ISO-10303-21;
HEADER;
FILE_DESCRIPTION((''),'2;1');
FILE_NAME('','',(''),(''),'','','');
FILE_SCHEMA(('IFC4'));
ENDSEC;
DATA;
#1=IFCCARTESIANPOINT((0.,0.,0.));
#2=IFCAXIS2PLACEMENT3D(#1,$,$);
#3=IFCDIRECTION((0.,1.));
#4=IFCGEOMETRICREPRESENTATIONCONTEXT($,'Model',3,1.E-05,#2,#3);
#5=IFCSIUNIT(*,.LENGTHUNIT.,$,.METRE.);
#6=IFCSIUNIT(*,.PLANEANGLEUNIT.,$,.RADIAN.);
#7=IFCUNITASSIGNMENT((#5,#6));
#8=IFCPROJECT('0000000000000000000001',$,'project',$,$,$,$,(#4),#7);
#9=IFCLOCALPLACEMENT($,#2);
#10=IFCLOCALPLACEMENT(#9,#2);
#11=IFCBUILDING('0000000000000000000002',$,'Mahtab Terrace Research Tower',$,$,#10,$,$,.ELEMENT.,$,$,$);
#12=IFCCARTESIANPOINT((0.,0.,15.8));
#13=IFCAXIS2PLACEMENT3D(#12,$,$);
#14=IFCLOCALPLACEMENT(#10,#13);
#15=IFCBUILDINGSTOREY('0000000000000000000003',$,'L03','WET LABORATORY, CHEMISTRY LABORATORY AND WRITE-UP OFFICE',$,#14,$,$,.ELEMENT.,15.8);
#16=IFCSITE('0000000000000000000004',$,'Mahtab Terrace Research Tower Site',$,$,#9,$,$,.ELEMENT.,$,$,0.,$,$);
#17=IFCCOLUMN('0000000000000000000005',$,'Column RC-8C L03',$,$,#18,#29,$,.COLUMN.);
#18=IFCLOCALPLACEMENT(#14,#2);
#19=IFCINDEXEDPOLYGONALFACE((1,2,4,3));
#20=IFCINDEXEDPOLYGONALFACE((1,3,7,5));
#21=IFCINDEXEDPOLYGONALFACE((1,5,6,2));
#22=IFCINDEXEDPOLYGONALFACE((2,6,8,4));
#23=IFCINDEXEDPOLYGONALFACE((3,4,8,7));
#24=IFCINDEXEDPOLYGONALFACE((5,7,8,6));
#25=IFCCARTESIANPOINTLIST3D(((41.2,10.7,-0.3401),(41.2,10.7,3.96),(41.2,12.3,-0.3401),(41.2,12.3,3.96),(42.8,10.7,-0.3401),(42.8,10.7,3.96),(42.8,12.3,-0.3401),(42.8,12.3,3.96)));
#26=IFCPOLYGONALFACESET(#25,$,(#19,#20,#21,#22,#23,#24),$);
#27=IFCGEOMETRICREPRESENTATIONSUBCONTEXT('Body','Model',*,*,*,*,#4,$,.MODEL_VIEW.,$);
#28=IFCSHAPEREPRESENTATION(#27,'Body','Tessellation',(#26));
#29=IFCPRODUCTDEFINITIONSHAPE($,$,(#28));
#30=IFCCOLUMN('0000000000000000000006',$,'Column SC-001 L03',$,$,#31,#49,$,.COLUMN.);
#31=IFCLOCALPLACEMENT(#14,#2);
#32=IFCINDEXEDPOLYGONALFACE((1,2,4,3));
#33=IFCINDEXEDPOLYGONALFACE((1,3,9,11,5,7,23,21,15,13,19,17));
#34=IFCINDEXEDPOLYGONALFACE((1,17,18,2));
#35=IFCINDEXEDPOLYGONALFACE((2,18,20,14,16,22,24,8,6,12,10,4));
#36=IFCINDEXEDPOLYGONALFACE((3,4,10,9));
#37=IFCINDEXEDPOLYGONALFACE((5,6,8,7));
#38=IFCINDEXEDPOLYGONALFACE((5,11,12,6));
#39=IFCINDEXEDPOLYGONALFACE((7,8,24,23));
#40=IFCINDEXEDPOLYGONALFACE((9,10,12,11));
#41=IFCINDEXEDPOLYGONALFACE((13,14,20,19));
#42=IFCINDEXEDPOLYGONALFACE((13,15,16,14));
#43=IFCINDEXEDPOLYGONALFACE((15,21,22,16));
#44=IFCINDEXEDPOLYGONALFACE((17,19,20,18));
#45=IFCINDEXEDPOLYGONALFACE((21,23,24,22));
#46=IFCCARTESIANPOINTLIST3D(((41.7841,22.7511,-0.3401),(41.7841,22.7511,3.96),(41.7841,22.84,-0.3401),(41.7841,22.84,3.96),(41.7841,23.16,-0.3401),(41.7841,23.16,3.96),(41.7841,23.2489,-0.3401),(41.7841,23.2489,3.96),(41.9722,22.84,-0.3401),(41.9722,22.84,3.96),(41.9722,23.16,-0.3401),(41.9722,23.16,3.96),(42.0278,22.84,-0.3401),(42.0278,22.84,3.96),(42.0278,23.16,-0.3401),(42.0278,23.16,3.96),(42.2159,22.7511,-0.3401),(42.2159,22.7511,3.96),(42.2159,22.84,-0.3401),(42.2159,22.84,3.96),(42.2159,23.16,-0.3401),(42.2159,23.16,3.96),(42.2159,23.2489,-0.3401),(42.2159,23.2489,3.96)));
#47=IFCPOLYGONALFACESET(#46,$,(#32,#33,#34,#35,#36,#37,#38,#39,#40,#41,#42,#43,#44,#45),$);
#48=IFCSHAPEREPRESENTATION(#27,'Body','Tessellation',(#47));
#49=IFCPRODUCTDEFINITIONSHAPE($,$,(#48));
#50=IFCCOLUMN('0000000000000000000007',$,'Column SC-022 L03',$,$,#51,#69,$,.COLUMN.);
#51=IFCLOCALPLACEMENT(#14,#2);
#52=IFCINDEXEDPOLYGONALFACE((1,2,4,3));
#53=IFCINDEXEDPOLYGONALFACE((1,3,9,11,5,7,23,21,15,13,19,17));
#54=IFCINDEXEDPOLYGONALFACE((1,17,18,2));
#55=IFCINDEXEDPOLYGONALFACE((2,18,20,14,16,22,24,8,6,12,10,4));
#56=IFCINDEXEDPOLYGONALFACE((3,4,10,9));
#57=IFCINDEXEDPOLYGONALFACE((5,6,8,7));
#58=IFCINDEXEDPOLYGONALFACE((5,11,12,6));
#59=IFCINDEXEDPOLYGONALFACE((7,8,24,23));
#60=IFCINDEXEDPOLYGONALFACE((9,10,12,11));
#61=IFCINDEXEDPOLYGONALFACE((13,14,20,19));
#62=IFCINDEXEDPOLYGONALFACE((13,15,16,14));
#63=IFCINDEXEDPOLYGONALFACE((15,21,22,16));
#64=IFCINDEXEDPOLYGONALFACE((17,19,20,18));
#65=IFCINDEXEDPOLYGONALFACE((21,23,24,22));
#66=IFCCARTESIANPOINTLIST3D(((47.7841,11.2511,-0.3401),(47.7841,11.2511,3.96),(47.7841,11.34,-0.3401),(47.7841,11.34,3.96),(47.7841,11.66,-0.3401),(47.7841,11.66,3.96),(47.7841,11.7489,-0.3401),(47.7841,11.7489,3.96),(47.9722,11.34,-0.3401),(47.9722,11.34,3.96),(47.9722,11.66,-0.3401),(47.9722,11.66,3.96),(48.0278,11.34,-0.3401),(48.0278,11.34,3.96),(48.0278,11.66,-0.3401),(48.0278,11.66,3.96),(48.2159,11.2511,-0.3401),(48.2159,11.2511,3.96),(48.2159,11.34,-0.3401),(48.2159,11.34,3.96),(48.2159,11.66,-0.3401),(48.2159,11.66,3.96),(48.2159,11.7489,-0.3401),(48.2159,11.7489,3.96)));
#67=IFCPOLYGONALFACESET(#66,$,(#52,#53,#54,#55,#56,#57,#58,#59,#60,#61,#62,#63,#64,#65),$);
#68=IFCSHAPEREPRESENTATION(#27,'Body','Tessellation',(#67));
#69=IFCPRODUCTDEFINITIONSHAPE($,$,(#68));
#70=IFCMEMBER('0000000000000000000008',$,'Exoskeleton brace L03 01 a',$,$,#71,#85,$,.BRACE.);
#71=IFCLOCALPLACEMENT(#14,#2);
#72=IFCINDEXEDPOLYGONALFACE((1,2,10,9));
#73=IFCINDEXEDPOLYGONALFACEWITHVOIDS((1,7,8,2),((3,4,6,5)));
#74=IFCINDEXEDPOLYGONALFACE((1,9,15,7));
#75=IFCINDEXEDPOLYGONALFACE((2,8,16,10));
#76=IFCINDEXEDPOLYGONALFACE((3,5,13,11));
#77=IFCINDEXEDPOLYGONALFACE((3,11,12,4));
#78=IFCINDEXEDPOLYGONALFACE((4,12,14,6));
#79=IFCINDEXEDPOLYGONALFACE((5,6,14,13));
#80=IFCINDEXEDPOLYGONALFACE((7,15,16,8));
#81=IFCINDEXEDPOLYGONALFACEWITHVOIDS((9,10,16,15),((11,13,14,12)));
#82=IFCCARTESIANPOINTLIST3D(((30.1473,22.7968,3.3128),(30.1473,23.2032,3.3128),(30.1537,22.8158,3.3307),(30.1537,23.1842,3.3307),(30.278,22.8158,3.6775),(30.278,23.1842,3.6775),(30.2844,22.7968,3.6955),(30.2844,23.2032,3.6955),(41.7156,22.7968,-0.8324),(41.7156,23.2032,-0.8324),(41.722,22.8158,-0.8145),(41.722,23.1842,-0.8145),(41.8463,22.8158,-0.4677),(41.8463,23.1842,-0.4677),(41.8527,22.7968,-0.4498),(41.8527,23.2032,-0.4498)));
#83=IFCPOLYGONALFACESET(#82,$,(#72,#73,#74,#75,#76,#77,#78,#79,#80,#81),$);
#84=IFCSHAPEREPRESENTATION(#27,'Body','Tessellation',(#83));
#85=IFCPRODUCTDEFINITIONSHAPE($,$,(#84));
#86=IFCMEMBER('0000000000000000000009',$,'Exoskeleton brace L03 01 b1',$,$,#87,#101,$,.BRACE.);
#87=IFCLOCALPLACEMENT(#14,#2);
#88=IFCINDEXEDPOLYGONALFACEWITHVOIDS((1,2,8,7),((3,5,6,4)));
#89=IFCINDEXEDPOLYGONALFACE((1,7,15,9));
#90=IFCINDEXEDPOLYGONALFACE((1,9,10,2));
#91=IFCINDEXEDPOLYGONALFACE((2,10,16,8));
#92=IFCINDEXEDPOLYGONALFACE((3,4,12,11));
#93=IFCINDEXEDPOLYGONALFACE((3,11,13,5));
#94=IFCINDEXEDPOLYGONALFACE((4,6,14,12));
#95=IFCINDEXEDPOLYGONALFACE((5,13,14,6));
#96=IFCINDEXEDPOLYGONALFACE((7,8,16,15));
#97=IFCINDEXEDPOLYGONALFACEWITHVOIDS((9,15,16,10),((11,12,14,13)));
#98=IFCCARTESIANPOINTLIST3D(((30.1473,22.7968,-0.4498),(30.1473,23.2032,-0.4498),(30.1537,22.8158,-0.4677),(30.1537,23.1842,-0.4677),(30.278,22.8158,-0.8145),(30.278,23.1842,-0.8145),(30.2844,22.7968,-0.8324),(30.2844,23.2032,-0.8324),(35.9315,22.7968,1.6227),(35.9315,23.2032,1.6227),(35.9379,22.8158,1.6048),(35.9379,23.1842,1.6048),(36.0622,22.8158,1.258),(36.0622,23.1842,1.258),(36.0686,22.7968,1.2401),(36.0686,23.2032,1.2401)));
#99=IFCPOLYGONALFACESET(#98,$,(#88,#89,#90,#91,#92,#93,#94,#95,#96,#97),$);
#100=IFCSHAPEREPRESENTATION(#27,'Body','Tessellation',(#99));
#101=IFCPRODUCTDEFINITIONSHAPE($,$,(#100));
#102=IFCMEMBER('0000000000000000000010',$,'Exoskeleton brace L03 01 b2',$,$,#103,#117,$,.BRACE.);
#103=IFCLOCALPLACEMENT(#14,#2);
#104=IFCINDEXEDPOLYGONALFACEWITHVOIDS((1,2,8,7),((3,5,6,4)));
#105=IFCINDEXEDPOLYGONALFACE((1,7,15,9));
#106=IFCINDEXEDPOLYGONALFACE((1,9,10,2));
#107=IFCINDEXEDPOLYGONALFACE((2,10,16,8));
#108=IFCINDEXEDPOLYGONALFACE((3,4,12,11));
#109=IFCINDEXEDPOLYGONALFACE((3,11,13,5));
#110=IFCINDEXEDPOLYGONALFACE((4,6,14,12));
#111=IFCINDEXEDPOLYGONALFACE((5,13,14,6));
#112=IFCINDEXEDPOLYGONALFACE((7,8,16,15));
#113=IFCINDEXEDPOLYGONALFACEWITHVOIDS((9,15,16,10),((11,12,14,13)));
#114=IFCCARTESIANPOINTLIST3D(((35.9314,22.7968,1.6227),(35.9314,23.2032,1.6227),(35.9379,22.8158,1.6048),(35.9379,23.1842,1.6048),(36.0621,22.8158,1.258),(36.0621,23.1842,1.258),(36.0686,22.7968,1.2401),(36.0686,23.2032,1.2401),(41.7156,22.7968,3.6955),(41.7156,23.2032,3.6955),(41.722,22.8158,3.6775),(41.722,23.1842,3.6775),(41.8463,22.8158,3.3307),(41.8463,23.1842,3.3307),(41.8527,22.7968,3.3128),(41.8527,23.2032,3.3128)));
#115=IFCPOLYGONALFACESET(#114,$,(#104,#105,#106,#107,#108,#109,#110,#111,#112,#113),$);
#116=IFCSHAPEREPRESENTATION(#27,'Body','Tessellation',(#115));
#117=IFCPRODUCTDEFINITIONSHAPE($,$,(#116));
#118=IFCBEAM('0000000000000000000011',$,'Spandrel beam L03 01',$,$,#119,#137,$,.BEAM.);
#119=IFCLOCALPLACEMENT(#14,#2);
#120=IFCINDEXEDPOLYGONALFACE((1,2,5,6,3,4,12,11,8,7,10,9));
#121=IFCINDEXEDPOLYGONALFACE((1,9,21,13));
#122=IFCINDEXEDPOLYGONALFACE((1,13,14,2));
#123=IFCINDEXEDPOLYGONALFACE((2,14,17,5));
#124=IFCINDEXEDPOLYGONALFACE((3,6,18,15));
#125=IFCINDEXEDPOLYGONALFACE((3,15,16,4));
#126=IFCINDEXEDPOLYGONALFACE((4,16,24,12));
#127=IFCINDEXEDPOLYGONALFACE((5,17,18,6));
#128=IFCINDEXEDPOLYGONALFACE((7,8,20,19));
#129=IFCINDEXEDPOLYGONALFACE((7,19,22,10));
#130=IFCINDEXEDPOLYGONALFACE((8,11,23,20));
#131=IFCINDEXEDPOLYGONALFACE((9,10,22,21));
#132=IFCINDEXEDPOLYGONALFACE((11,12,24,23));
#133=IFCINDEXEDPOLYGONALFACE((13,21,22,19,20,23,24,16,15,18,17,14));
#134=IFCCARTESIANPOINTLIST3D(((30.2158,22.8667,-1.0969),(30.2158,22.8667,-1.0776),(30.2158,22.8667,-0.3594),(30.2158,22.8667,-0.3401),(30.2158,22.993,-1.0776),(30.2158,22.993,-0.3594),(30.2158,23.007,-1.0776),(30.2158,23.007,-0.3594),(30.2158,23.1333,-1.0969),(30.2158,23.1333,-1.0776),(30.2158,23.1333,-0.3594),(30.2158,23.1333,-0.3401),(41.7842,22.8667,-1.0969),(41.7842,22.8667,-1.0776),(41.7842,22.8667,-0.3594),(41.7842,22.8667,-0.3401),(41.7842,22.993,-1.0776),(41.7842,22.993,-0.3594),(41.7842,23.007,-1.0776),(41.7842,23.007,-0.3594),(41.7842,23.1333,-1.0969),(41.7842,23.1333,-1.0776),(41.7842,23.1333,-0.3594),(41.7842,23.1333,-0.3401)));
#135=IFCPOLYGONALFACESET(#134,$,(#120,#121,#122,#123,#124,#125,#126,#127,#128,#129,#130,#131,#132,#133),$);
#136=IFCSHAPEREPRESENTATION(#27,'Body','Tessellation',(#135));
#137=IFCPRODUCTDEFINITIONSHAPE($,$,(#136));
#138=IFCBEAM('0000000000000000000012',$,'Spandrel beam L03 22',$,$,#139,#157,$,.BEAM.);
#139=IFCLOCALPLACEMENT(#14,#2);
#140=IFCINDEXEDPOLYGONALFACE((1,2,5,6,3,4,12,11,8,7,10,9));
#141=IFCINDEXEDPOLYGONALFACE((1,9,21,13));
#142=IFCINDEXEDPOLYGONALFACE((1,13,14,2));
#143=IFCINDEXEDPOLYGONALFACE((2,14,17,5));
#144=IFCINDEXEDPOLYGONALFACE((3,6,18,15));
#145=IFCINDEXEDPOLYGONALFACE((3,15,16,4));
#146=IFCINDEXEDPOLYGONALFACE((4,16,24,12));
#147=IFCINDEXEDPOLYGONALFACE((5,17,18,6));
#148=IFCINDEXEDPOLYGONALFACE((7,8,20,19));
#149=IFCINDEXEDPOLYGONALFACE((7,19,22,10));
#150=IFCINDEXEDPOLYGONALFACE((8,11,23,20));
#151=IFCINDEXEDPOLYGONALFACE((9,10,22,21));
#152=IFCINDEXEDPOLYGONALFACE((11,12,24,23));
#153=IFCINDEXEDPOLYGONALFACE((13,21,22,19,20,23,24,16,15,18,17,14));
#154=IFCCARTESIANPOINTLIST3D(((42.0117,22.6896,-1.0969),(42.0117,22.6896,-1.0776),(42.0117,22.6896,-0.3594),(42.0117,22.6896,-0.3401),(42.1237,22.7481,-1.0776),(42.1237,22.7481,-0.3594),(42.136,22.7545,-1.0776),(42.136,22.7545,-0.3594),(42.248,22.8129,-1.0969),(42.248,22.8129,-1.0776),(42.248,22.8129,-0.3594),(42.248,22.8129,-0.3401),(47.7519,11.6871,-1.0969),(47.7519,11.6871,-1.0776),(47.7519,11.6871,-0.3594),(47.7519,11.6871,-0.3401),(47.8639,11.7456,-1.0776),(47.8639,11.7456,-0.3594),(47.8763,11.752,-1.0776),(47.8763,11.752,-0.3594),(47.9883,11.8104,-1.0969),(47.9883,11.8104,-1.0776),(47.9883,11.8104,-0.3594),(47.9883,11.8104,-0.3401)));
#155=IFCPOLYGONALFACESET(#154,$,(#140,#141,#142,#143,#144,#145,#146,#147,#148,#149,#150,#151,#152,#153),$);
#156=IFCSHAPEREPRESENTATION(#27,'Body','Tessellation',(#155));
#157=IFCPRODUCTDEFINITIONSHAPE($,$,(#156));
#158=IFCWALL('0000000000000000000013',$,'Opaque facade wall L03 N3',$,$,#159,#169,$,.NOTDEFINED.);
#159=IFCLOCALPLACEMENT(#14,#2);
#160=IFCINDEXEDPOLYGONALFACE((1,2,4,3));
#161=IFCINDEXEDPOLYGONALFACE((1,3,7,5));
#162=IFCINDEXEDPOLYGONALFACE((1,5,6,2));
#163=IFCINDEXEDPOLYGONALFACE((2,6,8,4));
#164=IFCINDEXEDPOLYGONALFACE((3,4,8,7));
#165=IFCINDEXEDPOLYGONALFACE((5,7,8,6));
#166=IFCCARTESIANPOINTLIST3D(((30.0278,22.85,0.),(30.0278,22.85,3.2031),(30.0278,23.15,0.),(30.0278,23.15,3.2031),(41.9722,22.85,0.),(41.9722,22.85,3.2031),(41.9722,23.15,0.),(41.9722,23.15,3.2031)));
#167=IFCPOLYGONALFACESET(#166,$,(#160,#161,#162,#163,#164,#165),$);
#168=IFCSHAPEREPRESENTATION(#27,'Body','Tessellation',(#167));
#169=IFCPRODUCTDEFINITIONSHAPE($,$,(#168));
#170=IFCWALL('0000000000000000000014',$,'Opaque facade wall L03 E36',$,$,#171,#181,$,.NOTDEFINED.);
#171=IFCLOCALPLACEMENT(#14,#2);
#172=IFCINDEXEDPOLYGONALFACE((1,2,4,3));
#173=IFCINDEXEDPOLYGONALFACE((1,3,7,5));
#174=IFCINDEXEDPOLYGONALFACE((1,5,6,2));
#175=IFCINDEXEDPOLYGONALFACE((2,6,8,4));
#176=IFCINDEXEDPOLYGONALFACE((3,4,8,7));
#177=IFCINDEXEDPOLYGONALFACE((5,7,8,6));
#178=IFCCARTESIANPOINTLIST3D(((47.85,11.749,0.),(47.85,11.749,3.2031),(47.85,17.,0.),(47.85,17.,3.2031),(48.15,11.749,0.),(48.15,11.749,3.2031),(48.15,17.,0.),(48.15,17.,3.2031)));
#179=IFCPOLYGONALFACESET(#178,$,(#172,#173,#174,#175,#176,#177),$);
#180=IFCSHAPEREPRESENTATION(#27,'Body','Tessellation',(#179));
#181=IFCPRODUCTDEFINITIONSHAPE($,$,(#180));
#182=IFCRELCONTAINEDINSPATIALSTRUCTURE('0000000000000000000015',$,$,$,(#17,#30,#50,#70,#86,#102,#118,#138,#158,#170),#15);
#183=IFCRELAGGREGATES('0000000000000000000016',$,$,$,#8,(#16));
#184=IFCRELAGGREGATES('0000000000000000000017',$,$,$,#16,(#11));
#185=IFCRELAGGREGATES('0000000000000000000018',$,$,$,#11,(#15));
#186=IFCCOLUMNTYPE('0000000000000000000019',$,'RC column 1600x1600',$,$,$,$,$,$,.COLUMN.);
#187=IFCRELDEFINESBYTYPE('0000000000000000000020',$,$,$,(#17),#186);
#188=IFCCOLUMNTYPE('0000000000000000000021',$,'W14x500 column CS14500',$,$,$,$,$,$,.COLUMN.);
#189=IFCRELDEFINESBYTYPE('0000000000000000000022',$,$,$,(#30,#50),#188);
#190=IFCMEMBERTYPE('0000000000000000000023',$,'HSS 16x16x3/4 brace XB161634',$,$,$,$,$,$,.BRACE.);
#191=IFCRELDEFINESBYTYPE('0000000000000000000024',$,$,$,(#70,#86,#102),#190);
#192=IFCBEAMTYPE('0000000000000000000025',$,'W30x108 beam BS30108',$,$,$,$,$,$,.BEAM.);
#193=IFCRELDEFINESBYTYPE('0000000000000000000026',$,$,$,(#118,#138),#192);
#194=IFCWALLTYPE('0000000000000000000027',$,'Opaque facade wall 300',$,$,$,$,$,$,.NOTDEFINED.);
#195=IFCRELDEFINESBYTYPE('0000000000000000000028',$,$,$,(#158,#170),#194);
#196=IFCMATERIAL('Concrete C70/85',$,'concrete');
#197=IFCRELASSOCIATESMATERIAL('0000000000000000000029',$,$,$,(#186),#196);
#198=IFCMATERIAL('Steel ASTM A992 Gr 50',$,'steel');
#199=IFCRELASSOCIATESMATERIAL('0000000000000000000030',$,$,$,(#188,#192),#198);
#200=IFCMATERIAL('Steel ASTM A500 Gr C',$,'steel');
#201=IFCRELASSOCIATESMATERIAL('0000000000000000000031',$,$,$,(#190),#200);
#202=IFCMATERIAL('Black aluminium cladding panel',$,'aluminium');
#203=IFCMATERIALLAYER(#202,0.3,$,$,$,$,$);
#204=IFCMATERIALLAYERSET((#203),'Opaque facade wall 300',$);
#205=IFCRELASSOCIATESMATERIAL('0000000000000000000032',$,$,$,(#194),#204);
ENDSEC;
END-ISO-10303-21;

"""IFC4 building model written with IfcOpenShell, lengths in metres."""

from ifc_helpers import new_model, si_unit, direction, frame, frame_2d, origin, origin_2d, place, context, subcontext, project, spatial, rectangle, hollow_rectangle, i_section, extrude, material, layer, layer_set, material_profile, profile_set, type_object, element, save


model = new_model("IFC4")

# Units and contexts
model_context = context("Model", 3, precision=1e-05, world=origin(), true_north=direction((0.0, 1.0)))
body_context = subcontext(model_context, "Body", "Model", "MODEL_VIEW")
ifc_project = project(units=[si_unit("LENGTHUNIT", "METRE"), si_unit("PLANEANGLEUNIT", "RADIAN")], contexts=[model_context])

# Site, building, storey
site_placement = place(None, origin())
site = spatial("IfcSite", under=ifc_project, at=site_placement, Name="Mahtab Terrace Research Tower Site", CompositionType="ELEMENT", RefElevation=0.0)
building_placement = place(site_placement, origin())
building = spatial("IfcBuilding", under=site, at=building_placement, Name="Mahtab Terrace Research Tower", CompositionType="ELEMENT")
storey_placement = place(building_placement, frame((0.0, 0.0, 15.8)))
storey = spatial("IfcBuildingStorey", under=building, at=storey_placement, Name="L03", Description="WET LABORATORY, CHEMISTRY LABORATORY AND WRITE-UP OFFICE", CompositionType="ELEMENT", Elevation=15.8)

# Columns
ifc_material_1 = material(Name="Concrete C70/85", Category="concrete")
ifc_material_profile_1 = material_profile(ifc_material_1, rectangle(XDim=1.6001, YDim=1.6001, at=origin_2d()), Name="RC column 1600x1600")
ifc_profile_set_1 = profile_set([ifc_material_profile_1], Name="Concrete C70/85")
column_type_1 = type_object("IfcColumnType", Name="RC column 1600x1600", PredefinedType="COLUMN", material=ifc_profile_set_1)
column_placement = place(storey_placement, frame((42.0, 11.5, -0.3401), z_axis=(0.0, 0.0, 1.0), x_axis=(1.0, 0.0, 0.0)))
element("IfcColumn", 1, at=column_placement, inside=storey, type_object=column_type_1, Name="Column RC-8C L03", PredefinedType="COLUMN", context=body_context, shape_type="SweptSolid", body=[
    extrude(rectangle(XDim=1.6001, YDim=1.6001, at=origin_2d()), origin(), (0.0, 0.0, 1.0), 4.3),
])
ifc_material_2 = material(Name="Steel ASTM A992 Gr 50", Category="steel")
ifc_material_profile_2 = material_profile(ifc_material_2, i_section(OverallWidth=0.4319, OverallDepth=0.4978, WebThickness=0.0557, FlangeThickness=0.0889, at=origin_2d()), Name="W14X500")
ifc_profile_set_2 = profile_set([ifc_material_profile_2], Name="Steel ASTM A992 Gr 50")
column_type_2 = type_object("IfcColumnType", Name="W14x500 column CS14500", PredefinedType="COLUMN", material=ifc_profile_set_2)
for number, where, z_axis, x_axis, name in (
    (2, (42.0, 23.0, -0.3401), (0.0, 0.0, 1.0), (1.0, 0.0, 0.0), "Column SC-001 L03"),
    (3, (48.0, 11.5, -0.3401), (0.0, 0.0, 1.0), (1.0, 0.0, 0.0), "Column SC-022 L03"),
):
    element("IfcColumn", number, at=place(storey_placement, frame(where, z_axis=z_axis, x_axis=x_axis)), inside=storey, type_object=column_type_2, Name=name, PredefinedType="COLUMN", context=body_context, shape_type="SweptSolid", body=[
        extrude(i_section(OverallWidth=0.4319, OverallDepth=0.4978, WebThickness=0.0557, FlangeThickness=0.0889, at=origin_2d()), origin(), (0.0, 0.0, 1.0), 4.3),
    ])

# Members
ifc_material_3 = material(Name="Steel ASTM A500 Gr C", Category="steel")
ifc_material_profile_3 = material_profile(ifc_material_3, hollow_rectangle(XDim=0.4065, YDim=0.4065, WallThickness=0.019, at=origin_2d()), Name="HSS16X16X3/4")
ifc_profile_set_3 = profile_set([ifc_material_profile_3], Name="Steel ASTM A500 Gr C")
member_type = type_object("IfcMemberType", Name="HSS 16x16x3/4 brace XB161634", PredefinedType="BRACE", material=ifc_profile_set_3)
member_placement = place(storey_placement, frame((41.7842, 23.0, -0.6411), z_axis=(-0.941388, 0.0, 0.337325), x_axis=(0.0, -1.0, 0.0)))
element("IfcMember", 4, at=member_placement, inside=storey, type_object=member_type, Name="Exoskeleton brace L03 01 a", PredefinedType="BRACE", context=body_context, shape_type="SweptSolid", body=[
    extrude(hollow_rectangle(XDim=0.4065, YDim=0.4065, WallThickness=0.019, at=origin_2d()), origin(), (0.0, 0.0, 1.0), 12.2886),
])
for number, where, z_axis, x_axis, name in (
    (5, (30.2158, 23.0, -0.6411), (0.941394, 0.0, 0.337308), (0.0, 1.0, 0.0), "Exoskeleton brace L03 01 b1"),
    (6, (36.0, 23.0, 1.4314), (0.941382, 0.0, 0.337343), (0.0, 1.0, 0.0), "Exoskeleton brace L03 01 b2"),
):
    element("IfcMember", number, at=place(storey_placement, frame(where, z_axis=z_axis, x_axis=x_axis)), inside=storey, type_object=member_type, Name=name, PredefinedType="BRACE", context=body_context, shape_type="SweptSolid", body=[
        extrude(hollow_rectangle(XDim=0.4065, YDim=0.4065, WallThickness=0.019, at=origin_2d()), origin(), (0.0, 0.0, 1.0), 6.1443),
    ])

# Beams
ifc_material_profile_4 = material_profile(ifc_material_2, i_section(OverallWidth=0.2666, OverallDepth=0.7568, WebThickness=0.0139, FlangeThickness=0.0193, at=origin_2d()), Name="W30X108")
ifc_profile_set_4 = profile_set([ifc_material_profile_4], Name="Steel ASTM A992 Gr 50")
beam_type = type_object("IfcBeamType", Name="W30x108 beam BS30108", PredefinedType="BEAM", material=ifc_profile_set_4)
beam_1_placement = place(storey_placement, frame((41.7842, 23.0, -0.7185), z_axis=(-1.0, 0.0, 0.0), x_axis=(0.0, -1.0, 0.0)))
element("IfcBeam", 7, at=beam_1_placement, inside=storey, type_object=beam_type, Name="Spandrel beam L03 01", PredefinedType="BEAM", context=body_context, shape_type="SweptSolid", body=[
    extrude(i_section(OverallWidth=0.2666, OverallDepth=0.7568, WebThickness=0.0139, FlangeThickness=0.0193, at=origin_2d()), origin(), (0.0, 0.0, 1.0), 11.5684),
])
beam_2_placement = place(storey_placement, frame((47.8701, 11.7488, -0.7185), z_axis=(-0.462555, 0.88659, 0.0), x_axis=(-0.88659, -0.462555, 0.0)))
element("IfcBeam", 8, at=beam_2_placement, inside=storey, type_object=beam_type, Name="Spandrel beam L03 22", PredefinedType="BEAM", context=body_context, shape_type="SweptSolid", body=[
    extrude(i_section(OverallWidth=0.2666, OverallDepth=0.7568, WebThickness=0.0139, FlangeThickness=0.0193, at=origin_2d()), origin(), (0.0, 0.0, 1.0), 12.4099),
])

# Walls
ifc_material_4 = material(Name="Black aluminium cladding panel", Category="aluminium")
ifc_layer_1 = layer(ifc_material_4, 0.3)
ifc_layer_set_1 = layer_set([ifc_layer_1], Name="Opaque facade wall 300")
wall_type_1 = type_object("IfcWallType", Name="Opaque facade wall 300", PredefinedType="NOTDEFINED", material=ifc_layer_set_1)
wall_1_placement = place(storey_placement, frame((41.9722, 23.0, 0.0), z_axis=(0.0, 0.0, 1.0), x_axis=(-1.0, 0.0, 0.0)))
element("IfcWall", 9, at=wall_1_placement, inside=storey, type_object=wall_type_1, Name="Opaque facade wall L03 N3", PredefinedType="NOTDEFINED", context=body_context, shape_type="SweptSolid", body=[
    extrude(rectangle(XDim=11.9443, YDim=0.3, at=frame_2d((5.9722, 0.0))), origin(), (0.0, 0.0, 1.0), 3.2031),
])
wall_2_placement = place(storey_placement, frame((48.0, 11.749, 0.0), z_axis=(0.0, 0.0, 1.0), x_axis=(0.0, 1.0, 0.0)))
element("IfcWall", 10, at=wall_2_placement, inside=storey, type_object=wall_type_1, Name="Opaque facade wall L03 E36", PredefinedType="NOTDEFINED", context=body_context, shape_type="SweptSolid", body=[
    extrude(rectangle(XDim=5.251, YDim=0.3, at=frame_2d((2.6255, 0.0))), origin(), (0.0, 0.0, 1.0), 3.2031),
])

save(model, "model.ifc")
